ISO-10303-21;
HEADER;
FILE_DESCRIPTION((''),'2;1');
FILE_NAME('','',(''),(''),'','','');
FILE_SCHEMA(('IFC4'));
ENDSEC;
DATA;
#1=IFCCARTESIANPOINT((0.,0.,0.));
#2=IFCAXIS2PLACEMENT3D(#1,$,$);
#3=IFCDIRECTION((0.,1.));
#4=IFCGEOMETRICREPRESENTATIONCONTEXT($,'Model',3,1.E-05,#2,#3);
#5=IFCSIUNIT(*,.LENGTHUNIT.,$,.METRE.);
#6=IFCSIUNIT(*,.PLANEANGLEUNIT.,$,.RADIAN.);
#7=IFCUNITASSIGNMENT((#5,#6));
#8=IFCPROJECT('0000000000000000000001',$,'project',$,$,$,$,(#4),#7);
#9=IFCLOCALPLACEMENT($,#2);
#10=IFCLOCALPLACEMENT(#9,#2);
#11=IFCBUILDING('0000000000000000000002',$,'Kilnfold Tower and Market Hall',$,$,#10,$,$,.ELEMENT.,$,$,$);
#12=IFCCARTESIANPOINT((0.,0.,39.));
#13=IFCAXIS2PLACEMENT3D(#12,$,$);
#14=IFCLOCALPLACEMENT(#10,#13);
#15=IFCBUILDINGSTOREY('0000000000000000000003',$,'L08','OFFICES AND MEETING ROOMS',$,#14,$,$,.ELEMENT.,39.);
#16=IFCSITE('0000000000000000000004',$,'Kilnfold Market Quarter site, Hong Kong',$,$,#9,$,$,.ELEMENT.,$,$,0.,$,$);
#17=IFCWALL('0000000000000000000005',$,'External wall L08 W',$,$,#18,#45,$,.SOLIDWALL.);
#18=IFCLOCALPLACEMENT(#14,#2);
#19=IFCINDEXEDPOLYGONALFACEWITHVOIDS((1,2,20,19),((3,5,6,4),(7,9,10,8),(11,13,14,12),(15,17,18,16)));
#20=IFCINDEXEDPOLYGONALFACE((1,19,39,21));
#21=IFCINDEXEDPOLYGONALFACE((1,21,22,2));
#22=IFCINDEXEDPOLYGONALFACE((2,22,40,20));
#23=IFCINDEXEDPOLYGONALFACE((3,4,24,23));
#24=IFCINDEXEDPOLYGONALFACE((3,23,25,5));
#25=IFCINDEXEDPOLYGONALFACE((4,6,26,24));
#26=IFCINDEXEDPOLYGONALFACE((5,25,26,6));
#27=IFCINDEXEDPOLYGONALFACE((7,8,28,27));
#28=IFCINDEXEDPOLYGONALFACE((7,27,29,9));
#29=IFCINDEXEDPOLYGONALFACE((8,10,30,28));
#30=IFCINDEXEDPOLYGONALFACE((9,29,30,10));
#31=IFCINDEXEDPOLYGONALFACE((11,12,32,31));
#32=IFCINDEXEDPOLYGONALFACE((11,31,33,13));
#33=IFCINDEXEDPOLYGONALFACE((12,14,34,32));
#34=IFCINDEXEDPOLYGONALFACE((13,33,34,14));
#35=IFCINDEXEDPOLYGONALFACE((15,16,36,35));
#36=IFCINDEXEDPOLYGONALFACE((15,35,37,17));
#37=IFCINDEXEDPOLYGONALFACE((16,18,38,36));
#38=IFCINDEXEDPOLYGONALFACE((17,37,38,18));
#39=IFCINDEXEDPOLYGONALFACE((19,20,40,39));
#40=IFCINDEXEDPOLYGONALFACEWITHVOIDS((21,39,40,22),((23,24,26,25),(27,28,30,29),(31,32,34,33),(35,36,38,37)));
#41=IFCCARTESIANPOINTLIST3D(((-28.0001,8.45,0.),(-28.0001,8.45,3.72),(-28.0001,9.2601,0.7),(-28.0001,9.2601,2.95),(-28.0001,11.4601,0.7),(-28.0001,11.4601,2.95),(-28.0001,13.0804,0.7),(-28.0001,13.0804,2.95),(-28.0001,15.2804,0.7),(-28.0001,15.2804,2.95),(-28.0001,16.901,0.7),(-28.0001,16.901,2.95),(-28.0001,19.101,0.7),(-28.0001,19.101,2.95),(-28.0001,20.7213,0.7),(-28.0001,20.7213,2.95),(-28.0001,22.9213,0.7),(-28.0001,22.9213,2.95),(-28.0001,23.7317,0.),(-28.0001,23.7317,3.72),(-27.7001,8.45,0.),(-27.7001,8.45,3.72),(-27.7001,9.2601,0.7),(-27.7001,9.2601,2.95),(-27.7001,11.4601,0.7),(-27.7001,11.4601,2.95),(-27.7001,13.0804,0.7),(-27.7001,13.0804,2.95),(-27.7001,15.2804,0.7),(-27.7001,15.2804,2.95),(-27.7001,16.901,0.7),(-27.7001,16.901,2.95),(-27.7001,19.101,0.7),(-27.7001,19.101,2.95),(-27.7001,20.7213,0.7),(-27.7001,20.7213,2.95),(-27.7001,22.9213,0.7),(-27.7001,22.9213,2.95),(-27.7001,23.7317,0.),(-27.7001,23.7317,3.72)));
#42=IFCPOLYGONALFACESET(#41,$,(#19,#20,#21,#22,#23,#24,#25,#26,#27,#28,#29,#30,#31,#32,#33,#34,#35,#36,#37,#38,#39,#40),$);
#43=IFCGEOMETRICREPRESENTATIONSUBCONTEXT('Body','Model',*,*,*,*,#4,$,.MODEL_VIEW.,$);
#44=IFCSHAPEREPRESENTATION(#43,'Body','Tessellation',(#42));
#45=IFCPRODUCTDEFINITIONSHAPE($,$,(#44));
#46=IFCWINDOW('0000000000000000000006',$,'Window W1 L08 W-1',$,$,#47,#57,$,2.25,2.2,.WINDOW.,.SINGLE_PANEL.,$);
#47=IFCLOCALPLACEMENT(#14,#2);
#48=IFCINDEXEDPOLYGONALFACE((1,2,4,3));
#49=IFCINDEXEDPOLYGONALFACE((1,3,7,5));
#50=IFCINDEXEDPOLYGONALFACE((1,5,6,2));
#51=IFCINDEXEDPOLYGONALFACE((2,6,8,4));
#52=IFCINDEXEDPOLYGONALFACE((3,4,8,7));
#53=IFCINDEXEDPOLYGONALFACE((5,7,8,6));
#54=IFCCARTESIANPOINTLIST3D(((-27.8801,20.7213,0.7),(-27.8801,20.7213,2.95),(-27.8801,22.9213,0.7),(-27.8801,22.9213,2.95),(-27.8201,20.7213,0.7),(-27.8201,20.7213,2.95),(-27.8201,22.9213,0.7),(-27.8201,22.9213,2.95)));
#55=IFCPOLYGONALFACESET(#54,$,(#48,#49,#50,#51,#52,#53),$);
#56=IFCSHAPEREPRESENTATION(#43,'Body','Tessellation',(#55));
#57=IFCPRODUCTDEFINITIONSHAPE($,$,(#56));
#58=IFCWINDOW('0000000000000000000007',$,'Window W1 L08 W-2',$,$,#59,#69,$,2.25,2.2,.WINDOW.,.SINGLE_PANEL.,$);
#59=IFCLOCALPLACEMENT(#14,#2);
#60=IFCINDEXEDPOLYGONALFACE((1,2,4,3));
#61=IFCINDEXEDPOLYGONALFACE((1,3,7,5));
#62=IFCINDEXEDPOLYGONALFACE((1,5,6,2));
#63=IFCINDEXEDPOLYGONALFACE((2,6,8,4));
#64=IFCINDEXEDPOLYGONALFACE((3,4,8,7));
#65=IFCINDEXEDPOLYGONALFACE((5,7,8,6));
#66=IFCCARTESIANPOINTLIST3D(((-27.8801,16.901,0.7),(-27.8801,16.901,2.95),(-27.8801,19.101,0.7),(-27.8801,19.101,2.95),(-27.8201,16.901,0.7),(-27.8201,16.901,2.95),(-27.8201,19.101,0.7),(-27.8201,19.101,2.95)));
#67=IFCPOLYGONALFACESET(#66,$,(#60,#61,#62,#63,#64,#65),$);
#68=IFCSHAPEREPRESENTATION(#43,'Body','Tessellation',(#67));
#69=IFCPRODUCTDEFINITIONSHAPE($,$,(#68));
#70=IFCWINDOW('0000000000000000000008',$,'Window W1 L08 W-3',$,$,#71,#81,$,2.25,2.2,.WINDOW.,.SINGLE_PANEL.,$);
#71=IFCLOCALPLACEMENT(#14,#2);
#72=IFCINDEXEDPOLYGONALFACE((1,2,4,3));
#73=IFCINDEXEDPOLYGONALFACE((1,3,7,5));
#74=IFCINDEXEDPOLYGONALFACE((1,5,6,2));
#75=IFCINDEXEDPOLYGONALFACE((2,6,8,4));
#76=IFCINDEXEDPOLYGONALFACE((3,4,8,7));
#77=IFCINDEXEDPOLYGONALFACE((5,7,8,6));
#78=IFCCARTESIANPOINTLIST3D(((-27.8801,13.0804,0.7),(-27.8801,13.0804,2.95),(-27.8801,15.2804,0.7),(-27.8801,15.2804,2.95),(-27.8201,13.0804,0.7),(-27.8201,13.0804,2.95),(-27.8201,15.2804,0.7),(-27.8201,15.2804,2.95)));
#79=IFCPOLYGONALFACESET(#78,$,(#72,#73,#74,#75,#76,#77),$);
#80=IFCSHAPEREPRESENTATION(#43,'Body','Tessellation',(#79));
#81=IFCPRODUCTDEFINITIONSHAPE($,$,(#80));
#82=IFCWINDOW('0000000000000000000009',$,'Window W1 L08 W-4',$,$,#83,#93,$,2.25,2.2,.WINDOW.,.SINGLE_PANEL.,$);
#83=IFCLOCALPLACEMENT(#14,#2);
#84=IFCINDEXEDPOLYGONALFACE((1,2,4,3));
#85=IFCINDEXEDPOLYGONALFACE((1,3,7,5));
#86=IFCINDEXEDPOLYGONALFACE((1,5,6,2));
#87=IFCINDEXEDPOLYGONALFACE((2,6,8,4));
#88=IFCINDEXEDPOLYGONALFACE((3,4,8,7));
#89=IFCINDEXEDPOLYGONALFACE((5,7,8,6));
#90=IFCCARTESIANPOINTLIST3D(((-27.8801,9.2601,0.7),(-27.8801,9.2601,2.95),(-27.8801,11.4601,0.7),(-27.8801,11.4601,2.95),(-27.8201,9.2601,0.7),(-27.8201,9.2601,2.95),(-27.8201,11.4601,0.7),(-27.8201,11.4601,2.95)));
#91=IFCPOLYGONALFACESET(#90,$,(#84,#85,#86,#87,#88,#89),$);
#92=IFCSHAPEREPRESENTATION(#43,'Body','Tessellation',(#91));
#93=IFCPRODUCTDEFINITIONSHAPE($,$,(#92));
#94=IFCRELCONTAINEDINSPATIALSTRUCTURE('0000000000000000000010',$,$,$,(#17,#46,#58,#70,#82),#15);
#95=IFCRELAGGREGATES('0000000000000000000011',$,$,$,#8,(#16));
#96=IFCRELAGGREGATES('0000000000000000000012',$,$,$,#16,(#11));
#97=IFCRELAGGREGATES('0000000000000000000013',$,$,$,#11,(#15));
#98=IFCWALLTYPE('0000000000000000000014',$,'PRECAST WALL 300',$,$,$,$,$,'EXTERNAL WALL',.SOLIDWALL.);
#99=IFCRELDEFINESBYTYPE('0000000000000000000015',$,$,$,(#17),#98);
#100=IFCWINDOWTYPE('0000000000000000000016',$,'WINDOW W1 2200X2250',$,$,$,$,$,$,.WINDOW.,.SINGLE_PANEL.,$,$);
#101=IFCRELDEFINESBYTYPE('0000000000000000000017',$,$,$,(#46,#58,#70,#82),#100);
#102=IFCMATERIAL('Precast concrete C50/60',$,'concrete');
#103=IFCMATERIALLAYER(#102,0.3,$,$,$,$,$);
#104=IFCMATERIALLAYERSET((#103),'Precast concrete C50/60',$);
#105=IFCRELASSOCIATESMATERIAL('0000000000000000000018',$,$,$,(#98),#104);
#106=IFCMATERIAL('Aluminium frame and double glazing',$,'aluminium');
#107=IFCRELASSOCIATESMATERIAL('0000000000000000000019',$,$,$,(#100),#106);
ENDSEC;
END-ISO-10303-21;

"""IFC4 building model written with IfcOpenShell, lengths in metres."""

from ifc_helpers import new_model, si_unit, direction, frame, frame_2d, origin, place, context, subcontext, project, spatial, rectangle, extrude, source, transform, mapped, material, layer, layer_set, type_object, element, fill, save


model = new_model("IFC4")

# Units and contexts
model_context = context("Model", 3, precision=1e-05, world=origin(), true_north=direction((0.0, 1.0)))
body_context = subcontext(model_context, "Body", "Model", "MODEL_VIEW")
ifc_project = project(units=[si_unit("LENGTHUNIT", "METRE"), si_unit("PLANEANGLEUNIT", "RADIAN")], contexts=[model_context])

# Site, building, storey
site_placement = place(None, origin())
site = spatial("IfcSite", under=ifc_project, at=site_placement, Name="Kilnfold Market Quarter site, Hong Kong", CompositionType="ELEMENT", RefElevation=0.0)
building_placement = place(site_placement, origin())
building = spatial("IfcBuilding", under=site, at=building_placement, Name="Kilnfold Tower and Market Hall", CompositionType="ELEMENT")
storey_placement = place(building_placement, frame((0.0, 0.0, 39.0)))
storey = spatial("IfcBuildingStorey", under=building, at=storey_placement, Name="L08", Description="OFFICES AND MEETING ROOMS", CompositionType="ELEMENT", Elevation=39.0)

# Shared definitions
ifc_material_1 = material(Name="Precast concrete C50/60", Category="concrete")
ifc_layer_1 = layer(ifc_material_1, 0.3)
ifc_layer_set_1 = layer_set([ifc_layer_1], Name="Precast concrete C50/60")
wall_type_1 = type_object("IfcWallType", Name="PRECAST WALL 300", ElementType="EXTERNAL WALL", PredefinedType="SOLIDWALL", material=ifc_layer_set_1)
ifc_material_2 = material(Name="Aluminium frame and double glazing", Category="aluminium")
window_type = type_object("IfcWindowType", Name="WINDOW W1 2200X2250", PartitioningType="SINGLE_PANEL", PredefinedType="WINDOW", material=ifc_material_2)

# Wall, openings, windows
shared_shape_1 = source(origin(), body_context, "Body", "SweptSolid", [
    extrude(rectangle(XDim=15.2817, YDim=0.3, at=frame_2d((7.6409, 0.0))), origin(), (0.0, 0.0, 1.0), 3.72),
])
wall_1_placement = place(storey_placement, frame((-27.8501, 23.7317, 0.0), z_axis=(0.0, 0.0, 1.0), x_axis=(0.0, -1.0, 0.0)))
wall_1 = element("IfcWall", 1, at=wall_1_placement, inside=storey, type_object=wall_type_1, Name="External wall L08 W", PredefinedType="SOLIDWALL", context=body_context, shape_type="MappedRepresentation", body=[
    mapped(shared_shape_1, transform((0.0, 0.0, 0.0))),
])
opening_1_placement = place(wall_1_placement, frame((0.8103, 0.0, 0.7)))
opening_1 = element("IfcOpeningElement", 2, at=opening_1_placement, cuts=wall_1, PredefinedType="OPENING", context=body_context, shape_type="SweptSolid", body=[
    extrude(rectangle(XDim=2.2, YDim=2.25, at=frame_2d((1.1001, 1.125))), frame((0.0, 0.1602, 0.0), z_axis=(0.0, -1.0, 0.0), x_axis=(1.0, 0.0, 0.0)), (0.0, 0.0, 1.0), 0.3201),
])
opening_2_placement = place(wall_1_placement, frame((4.6306, 0.0, 0.7)))
opening_2 = element("IfcOpeningElement", 3, at=opening_2_placement, cuts=wall_1, PredefinedType="OPENING", context=body_context, shape_type="SweptSolid", body=[
    extrude(rectangle(XDim=2.2, YDim=2.25, at=frame_2d((1.1001, 1.125))), frame((0.0, 0.1602, 0.0), z_axis=(0.0, -1.0, 0.0), x_axis=(1.0, 0.0, 0.0)), (0.0, 0.0, 1.0), 0.3201),
])
opening_3_placement = place(wall_1_placement, frame((8.4512, 0.0, 0.7)))
opening_3 = element("IfcOpeningElement", 4, at=opening_3_placement, cuts=wall_1, PredefinedType="OPENING", context=body_context, shape_type="SweptSolid", body=[
    extrude(rectangle(XDim=2.2, YDim=2.25, at=frame_2d((1.1001, 1.125))), frame((0.0, 0.1602, 0.0), z_axis=(0.0, -1.0, 0.0), x_axis=(1.0, 0.0, 0.0)), (0.0, 0.0, 1.0), 0.3201),
])
opening_4_placement = place(wall_1_placement, frame((12.2715, 0.0, 0.7)))
opening_4 = element("IfcOpeningElement", 5, at=opening_4_placement, cuts=wall_1, PredefinedType="OPENING", context=body_context, shape_type="SweptSolid", body=[
    extrude(rectangle(XDim=2.2, YDim=2.25, at=frame_2d((1.1001, 1.125))), frame((0.0, 0.1602, 0.0), z_axis=(0.0, -1.0, 0.0), x_axis=(1.0, 0.0, 0.0)), (0.0, 0.0, 1.0), 0.3201),
])
window_1_placement = place(opening_1_placement, origin())
window_1 = element("IfcWindow", 6, at=window_1_placement, inside=storey, type_object=window_type, Name="Window W1 L08 W-1", OverallHeight=2.25, OverallWidth=2.2, PartitioningType="SINGLE_PANEL", PredefinedType="WINDOW", context=body_context, shape_type="SweptSolid", body=[
    extrude(rectangle(XDim=2.2, YDim=2.25, at=frame_2d((1.1001, 1.125))), frame((0.0, 0.03, 0.0), z_axis=(0.0, -1.0, 0.0), x_axis=(1.0, 0.0, 0.0)), (0.0, 0.0, 1.0), 0.0601),
])
fill(opening_1, window_1)
window_2_placement = place(opening_2_placement, origin())
window_2 = element("IfcWindow", 7, at=window_2_placement, inside=storey, type_object=window_type, Name="Window W1 L08 W-2", OverallHeight=2.25, OverallWidth=2.2, PartitioningType="SINGLE_PANEL", PredefinedType="WINDOW", context=body_context, shape_type="SweptSolid", body=[
    extrude(rectangle(XDim=2.2, YDim=2.25, at=frame_2d((1.1001, 1.125))), frame((0.0, 0.03, 0.0), z_axis=(0.0, -1.0, 0.0), x_axis=(1.0, 0.0, 0.0)), (0.0, 0.0, 1.0), 0.0601),
])
fill(opening_2, window_2)
window_3_placement = place(opening_3_placement, origin())
window_3 = element("IfcWindow", 8, at=window_3_placement, inside=storey, type_object=window_type, Name="Window W1 L08 W-3", OverallHeight=2.25, OverallWidth=2.2, PartitioningType="SINGLE_PANEL", PredefinedType="WINDOW", context=body_context, shape_type="SweptSolid", body=[
    extrude(rectangle(XDim=2.2, YDim=2.25, at=frame_2d((1.1001, 1.125))), frame((0.0, 0.03, 0.0), z_axis=(0.0, -1.0, 0.0), x_axis=(1.0, 0.0, 0.0)), (0.0, 0.0, 1.0), 0.0601),
])
fill(opening_3, window_3)
window_4_placement = place(opening_4_placement, origin())
window_4 = element("IfcWindow", 9, at=window_4_placement, inside=storey, type_object=window_type, Name="Window W1 L08 W-4", OverallHeight=2.25, OverallWidth=2.2, PartitioningType="SINGLE_PANEL", PredefinedType="WINDOW", context=body_context, shape_type="SweptSolid", body=[
    extrude(rectangle(XDim=2.2, YDim=2.25, at=frame_2d((1.1001, 1.125))), frame((0.0, 0.03, 0.0), z_axis=(0.0, -1.0, 0.0), x_axis=(1.0, 0.0, 0.0)), (0.0, 0.0, 1.0), 0.0601),
])
fill(opening_4, window_4)

save(model, "model.ifc")
